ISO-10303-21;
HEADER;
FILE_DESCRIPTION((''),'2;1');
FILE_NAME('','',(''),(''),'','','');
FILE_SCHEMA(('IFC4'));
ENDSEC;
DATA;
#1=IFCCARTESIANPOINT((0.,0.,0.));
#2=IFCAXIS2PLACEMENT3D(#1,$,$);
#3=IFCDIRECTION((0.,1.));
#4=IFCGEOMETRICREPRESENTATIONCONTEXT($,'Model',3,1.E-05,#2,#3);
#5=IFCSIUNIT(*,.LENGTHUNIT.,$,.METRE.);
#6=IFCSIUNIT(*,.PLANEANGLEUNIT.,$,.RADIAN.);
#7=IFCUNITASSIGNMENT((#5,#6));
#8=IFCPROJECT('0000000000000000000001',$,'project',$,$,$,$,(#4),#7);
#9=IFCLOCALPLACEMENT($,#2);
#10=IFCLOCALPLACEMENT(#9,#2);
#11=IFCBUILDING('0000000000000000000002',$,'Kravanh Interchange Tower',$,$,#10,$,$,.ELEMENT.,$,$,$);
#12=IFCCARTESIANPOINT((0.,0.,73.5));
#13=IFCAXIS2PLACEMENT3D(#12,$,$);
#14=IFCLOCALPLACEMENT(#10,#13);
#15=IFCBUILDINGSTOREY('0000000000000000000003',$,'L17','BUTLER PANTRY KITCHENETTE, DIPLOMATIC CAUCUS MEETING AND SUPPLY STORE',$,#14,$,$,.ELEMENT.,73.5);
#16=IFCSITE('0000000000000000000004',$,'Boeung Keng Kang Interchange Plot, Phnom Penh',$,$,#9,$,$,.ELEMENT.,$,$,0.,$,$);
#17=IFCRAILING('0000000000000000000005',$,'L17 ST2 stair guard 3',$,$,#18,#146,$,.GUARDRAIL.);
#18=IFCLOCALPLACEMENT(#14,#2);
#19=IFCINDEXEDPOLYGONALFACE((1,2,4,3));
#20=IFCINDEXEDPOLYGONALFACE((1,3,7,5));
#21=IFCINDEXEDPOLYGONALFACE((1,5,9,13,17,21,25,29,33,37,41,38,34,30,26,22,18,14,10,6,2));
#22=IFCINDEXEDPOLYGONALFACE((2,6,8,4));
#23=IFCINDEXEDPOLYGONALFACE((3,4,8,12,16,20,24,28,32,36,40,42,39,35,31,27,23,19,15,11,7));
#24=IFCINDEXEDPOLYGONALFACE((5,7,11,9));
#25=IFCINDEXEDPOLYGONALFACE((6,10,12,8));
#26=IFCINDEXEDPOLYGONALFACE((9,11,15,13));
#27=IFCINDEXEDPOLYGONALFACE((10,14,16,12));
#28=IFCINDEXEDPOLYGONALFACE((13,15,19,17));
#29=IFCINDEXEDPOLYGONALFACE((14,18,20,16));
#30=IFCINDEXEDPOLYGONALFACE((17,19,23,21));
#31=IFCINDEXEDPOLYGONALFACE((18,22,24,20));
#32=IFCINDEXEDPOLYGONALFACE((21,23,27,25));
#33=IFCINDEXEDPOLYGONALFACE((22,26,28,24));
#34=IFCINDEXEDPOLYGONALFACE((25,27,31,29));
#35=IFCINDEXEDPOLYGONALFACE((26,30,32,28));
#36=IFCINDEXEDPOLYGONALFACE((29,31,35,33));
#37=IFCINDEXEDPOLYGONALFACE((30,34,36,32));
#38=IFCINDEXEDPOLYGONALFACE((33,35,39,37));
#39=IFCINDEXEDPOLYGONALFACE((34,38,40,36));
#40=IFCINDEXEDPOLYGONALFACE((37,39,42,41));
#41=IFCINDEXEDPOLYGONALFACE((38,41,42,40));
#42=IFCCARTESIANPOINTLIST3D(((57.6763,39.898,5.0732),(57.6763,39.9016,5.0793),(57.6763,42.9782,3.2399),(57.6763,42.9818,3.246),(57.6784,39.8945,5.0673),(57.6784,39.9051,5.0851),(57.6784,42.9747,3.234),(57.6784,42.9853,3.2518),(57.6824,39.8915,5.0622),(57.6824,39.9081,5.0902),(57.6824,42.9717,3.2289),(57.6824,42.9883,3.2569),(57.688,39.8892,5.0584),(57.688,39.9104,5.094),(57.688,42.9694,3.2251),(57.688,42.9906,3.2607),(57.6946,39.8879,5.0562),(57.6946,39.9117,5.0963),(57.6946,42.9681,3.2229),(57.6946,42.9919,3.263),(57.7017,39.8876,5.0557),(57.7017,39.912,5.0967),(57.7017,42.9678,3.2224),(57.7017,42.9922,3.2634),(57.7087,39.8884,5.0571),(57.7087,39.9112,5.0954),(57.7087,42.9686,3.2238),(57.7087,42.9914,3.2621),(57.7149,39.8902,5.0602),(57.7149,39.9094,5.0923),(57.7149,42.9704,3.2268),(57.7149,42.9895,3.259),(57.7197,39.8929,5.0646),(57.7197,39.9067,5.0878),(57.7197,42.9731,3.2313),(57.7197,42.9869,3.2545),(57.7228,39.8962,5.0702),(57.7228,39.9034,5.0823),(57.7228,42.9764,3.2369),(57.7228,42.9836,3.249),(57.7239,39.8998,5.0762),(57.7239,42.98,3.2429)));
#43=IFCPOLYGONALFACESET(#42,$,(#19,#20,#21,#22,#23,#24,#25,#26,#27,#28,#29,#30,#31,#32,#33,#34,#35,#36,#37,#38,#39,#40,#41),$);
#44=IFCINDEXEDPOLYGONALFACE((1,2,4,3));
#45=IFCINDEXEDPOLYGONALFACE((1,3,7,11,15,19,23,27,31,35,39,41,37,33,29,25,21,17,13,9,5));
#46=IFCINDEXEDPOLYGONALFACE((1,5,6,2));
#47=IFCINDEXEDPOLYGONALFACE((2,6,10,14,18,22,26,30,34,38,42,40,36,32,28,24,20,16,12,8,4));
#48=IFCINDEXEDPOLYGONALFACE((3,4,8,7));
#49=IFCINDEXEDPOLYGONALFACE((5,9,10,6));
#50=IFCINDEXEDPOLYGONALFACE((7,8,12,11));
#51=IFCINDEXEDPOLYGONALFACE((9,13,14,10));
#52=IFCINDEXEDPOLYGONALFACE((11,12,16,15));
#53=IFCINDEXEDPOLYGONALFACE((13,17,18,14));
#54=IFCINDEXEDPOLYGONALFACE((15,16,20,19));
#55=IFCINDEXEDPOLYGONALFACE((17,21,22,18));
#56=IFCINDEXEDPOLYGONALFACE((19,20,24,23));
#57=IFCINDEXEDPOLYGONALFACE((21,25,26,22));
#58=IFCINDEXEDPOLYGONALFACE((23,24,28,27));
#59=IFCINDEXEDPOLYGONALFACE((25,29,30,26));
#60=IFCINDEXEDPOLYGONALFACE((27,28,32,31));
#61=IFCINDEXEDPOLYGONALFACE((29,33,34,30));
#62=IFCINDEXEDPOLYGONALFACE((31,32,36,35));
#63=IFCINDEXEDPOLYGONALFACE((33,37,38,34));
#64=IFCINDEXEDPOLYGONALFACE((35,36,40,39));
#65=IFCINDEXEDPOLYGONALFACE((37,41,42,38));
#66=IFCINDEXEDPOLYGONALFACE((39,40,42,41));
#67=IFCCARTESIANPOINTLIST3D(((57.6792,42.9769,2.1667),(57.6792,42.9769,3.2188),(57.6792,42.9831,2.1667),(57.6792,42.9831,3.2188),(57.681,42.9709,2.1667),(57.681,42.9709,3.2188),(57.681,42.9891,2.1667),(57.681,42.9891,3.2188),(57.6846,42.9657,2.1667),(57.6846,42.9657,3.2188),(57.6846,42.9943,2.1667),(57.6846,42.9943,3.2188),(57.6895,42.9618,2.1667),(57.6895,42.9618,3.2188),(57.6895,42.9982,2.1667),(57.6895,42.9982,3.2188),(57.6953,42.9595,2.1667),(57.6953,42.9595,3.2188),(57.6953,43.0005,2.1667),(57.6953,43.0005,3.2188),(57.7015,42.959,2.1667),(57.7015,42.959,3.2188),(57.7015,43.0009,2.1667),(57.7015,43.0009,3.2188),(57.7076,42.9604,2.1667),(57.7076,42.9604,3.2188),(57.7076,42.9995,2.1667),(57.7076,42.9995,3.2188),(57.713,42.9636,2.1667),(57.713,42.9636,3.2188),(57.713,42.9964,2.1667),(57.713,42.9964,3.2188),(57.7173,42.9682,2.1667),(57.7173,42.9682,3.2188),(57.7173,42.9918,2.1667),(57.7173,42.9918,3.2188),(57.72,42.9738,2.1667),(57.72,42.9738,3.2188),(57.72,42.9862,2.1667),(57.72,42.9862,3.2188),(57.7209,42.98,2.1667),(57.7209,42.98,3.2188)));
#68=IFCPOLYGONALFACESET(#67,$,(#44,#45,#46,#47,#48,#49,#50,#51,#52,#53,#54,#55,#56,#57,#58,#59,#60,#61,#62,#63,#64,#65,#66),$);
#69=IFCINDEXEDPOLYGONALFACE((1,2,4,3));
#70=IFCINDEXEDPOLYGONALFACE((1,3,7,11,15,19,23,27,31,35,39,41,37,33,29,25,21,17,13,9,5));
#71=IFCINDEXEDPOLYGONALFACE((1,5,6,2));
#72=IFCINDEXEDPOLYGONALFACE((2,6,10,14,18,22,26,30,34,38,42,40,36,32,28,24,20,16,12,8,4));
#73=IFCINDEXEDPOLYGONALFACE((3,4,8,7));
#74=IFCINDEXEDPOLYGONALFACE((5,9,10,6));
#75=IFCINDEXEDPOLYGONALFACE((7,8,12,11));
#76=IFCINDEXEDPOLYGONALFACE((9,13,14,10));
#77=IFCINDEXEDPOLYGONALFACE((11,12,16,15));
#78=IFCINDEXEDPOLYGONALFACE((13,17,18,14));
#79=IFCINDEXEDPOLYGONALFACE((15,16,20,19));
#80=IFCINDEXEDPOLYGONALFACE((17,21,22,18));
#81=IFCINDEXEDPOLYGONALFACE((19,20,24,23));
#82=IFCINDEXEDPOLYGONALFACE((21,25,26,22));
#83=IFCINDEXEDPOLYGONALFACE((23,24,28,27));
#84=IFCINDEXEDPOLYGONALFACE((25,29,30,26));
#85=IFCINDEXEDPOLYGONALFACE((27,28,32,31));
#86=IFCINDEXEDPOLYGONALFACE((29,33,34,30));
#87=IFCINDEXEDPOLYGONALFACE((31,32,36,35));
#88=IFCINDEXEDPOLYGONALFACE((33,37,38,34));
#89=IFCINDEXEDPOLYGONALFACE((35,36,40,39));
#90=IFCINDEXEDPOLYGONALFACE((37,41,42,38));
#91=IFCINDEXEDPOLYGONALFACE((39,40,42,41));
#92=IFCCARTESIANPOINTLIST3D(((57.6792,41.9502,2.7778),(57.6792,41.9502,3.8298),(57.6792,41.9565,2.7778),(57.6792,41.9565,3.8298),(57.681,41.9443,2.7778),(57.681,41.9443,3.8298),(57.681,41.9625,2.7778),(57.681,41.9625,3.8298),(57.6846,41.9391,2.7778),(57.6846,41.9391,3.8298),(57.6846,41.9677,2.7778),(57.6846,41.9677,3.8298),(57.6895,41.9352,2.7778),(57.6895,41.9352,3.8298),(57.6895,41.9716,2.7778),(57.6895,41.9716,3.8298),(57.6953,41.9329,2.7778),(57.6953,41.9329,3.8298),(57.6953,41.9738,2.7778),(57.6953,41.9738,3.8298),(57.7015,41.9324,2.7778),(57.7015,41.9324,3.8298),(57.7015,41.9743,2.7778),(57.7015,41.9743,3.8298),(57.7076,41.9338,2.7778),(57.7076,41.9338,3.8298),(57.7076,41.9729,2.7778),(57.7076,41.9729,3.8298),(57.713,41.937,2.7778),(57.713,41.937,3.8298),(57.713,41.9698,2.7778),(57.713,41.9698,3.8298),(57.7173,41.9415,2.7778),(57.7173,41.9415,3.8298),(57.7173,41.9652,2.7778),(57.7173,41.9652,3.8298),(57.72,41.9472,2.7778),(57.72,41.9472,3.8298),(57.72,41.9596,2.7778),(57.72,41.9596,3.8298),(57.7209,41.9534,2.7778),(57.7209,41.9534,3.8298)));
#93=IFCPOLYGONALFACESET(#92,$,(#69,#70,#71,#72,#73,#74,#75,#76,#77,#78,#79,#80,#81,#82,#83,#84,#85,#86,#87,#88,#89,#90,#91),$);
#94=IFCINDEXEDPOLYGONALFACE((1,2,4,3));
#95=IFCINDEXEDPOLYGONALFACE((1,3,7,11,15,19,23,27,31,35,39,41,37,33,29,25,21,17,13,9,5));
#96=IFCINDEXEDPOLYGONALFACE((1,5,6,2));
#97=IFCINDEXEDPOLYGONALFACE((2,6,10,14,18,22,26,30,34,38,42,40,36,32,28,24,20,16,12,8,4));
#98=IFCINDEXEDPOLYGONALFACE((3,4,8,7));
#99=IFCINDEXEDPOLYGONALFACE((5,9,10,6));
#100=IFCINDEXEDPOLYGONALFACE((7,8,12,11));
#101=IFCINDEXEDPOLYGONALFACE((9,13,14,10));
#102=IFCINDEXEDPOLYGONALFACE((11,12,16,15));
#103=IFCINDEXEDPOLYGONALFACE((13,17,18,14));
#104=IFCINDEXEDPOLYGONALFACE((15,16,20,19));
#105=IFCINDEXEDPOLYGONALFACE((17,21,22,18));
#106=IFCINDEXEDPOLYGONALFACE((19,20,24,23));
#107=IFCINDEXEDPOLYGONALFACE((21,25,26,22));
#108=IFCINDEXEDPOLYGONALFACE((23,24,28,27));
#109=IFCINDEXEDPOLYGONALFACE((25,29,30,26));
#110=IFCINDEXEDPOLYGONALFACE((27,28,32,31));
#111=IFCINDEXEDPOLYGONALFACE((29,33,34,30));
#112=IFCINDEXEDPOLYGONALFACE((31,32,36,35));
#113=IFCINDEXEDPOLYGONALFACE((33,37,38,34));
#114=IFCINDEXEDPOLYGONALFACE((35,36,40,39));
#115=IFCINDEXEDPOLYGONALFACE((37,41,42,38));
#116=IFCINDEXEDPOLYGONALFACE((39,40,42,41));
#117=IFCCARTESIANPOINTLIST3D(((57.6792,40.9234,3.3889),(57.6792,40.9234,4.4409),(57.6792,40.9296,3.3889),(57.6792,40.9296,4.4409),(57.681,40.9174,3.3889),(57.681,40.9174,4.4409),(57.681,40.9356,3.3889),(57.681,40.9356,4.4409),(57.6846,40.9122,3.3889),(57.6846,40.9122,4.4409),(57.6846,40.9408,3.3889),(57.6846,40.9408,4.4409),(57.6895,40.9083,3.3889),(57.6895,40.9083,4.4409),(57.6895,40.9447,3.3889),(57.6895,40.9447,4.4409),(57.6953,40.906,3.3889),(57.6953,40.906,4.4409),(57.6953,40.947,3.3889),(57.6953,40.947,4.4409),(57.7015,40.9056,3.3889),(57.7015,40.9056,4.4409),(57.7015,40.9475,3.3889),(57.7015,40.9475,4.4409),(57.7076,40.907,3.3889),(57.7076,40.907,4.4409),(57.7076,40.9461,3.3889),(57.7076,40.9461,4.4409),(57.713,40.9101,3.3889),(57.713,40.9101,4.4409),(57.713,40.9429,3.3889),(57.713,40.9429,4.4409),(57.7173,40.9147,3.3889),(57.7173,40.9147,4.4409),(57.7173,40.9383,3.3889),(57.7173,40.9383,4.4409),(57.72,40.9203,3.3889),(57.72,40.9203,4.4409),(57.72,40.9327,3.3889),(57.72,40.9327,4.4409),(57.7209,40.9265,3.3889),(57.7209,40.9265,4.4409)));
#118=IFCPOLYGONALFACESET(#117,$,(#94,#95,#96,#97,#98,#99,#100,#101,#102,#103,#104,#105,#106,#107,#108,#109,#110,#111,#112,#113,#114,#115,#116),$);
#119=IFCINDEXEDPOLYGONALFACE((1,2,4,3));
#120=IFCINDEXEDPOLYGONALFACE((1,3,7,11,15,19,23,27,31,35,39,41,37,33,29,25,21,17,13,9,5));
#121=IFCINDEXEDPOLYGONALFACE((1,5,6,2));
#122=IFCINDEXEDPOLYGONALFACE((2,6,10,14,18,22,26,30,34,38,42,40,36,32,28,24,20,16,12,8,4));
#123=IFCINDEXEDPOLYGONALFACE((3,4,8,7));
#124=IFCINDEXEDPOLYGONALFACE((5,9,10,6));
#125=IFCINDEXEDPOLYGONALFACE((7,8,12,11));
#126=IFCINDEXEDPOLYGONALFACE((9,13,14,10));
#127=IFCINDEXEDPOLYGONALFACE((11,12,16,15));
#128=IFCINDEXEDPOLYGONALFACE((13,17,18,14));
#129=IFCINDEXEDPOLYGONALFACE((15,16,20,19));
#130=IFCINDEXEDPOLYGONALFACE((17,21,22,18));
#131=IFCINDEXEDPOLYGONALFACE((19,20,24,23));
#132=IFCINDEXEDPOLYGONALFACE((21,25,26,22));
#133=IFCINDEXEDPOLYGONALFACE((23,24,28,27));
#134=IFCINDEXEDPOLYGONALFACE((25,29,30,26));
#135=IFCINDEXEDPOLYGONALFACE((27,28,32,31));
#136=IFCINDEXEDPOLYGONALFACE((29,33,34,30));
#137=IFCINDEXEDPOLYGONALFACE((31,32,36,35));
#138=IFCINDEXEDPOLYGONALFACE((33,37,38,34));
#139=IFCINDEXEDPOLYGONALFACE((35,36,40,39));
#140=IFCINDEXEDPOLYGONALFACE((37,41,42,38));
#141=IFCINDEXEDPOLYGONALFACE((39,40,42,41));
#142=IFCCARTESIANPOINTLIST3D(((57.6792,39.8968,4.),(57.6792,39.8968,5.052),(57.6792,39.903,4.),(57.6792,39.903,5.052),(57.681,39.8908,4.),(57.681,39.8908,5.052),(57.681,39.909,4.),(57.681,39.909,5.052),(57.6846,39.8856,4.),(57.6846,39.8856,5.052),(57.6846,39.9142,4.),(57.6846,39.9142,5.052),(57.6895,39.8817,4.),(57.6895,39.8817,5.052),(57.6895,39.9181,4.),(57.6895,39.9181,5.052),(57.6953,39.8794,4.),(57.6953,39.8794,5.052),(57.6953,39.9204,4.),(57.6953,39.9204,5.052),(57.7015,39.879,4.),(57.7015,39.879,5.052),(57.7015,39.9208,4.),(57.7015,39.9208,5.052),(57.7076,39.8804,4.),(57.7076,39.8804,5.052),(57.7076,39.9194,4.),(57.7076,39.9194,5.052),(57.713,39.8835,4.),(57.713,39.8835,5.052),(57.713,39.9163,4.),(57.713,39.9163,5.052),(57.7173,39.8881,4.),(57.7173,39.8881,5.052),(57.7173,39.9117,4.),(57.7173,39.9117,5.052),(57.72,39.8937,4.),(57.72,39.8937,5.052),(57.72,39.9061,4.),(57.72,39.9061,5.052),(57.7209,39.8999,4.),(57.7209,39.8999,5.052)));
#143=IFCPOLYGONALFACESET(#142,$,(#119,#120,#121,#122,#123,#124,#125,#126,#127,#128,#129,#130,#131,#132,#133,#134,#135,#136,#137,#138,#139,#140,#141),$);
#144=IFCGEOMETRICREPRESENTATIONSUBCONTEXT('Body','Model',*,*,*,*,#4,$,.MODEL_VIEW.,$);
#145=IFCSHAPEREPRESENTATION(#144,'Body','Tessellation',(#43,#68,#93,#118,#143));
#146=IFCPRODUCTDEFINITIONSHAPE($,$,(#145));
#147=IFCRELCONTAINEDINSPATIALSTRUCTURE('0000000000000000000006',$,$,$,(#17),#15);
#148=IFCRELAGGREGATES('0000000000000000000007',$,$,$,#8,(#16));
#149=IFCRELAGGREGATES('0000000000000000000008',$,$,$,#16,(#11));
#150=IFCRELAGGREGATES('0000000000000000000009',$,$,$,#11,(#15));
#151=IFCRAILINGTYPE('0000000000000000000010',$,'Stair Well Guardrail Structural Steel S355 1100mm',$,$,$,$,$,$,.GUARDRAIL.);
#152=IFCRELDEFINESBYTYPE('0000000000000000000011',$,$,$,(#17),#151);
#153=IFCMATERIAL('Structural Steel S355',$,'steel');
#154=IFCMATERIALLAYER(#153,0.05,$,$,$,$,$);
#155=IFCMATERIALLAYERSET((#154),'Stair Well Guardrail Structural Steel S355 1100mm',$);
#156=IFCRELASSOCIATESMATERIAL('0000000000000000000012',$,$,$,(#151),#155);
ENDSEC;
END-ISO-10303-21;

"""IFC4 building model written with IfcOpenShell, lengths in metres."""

from ifc_helpers import new_model, si_unit, direction, frame, origin, origin_2d, place, context, subcontext, project, spatial, circle, extrude, material, layer, layer_set, type_object, element, save


model = new_model("IFC4")

# Units and contexts
model_context = context("Model", 3, precision=1e-05, world=origin(), true_north=direction((0.0, 1.0)))
body_context = subcontext(model_context, "Body", "Model", "MODEL_VIEW")
ifc_project = project(units=[si_unit("LENGTHUNIT", "METRE"), si_unit("PLANEANGLEUNIT", "RADIAN")], contexts=[model_context])

# Site, building, storey
site_placement = place(None, origin())
site = spatial("IfcSite", under=ifc_project, at=site_placement, Name="Boeung Keng Kang Interchange Plot, Phnom Penh", CompositionType="ELEMENT", RefElevation=0.0)
building_placement = place(site_placement, origin())
building = spatial("IfcBuilding", under=site, at=building_placement, Name="Kravanh Interchange Tower", CompositionType="ELEMENT")
storey_placement = place(building_placement, frame((0.0, 0.0, 73.5)))
storey = spatial("IfcBuildingStorey", under=building, at=storey_placement, Name="L17", Description="BUTLER PANTRY KITCHENETTE, DIPLOMATIC CAUCUS MEETING AND SUPPLY STORE", CompositionType="ELEMENT", Elevation=73.5)

# Railing
ifc_material_1 = material(Name="Structural Steel S355", Category="steel")
ifc_layer_1 = layer(ifc_material_1, 0.05)
ifc_layer_set_1 = layer_set([ifc_layer_1], Name="Stair Well Guardrail Structural Steel S355 1100mm")
railing_type_1 = type_object("IfcRailingType", Name="Stair Well Guardrail Structural Steel S355 1100mm", PredefinedType="GUARDRAIL", material=ifc_layer_set_1)
railing_1_placement = place(storey_placement, frame((57.7, 42.98, 2.1667)))
element("IfcRailing", 1, at=railing_1_placement, inside=storey, type_object=railing_type_1, Name="L17 ST2 stair guard 3", PredefinedType="GUARDRAIL", context=body_context, shape_type="SweptSolid", body=[
    extrude(circle(Radius=0.0239, at=origin_2d()), frame((0.0, 0.0, 1.0762), z_axis=(0.0, -0.859309, 0.511458), x_axis=(1.0, 0.0, 0.0)), (0.0, 0.0, 1.0), 3.5845),
    extrude(circle(Radius=0.021, at=origin_2d()), origin(), (0.0, 0.0, 1.0), 1.052),
    extrude(circle(Radius=0.021, at=origin_2d()), frame((0.0, -1.0266, 0.6111)), (0.0, 0.0, 1.0), 1.052),
    extrude(circle(Radius=0.021, at=origin_2d()), frame((0.0, -2.0535, 1.2222)), (0.0, 0.0, 1.0), 1.052),
    extrude(circle(Radius=0.021, at=origin_2d()), frame((0.0, -3.0801, 1.8333)), (0.0, 0.0, 1.0), 1.052),
])

save(model, "model.ifc")
